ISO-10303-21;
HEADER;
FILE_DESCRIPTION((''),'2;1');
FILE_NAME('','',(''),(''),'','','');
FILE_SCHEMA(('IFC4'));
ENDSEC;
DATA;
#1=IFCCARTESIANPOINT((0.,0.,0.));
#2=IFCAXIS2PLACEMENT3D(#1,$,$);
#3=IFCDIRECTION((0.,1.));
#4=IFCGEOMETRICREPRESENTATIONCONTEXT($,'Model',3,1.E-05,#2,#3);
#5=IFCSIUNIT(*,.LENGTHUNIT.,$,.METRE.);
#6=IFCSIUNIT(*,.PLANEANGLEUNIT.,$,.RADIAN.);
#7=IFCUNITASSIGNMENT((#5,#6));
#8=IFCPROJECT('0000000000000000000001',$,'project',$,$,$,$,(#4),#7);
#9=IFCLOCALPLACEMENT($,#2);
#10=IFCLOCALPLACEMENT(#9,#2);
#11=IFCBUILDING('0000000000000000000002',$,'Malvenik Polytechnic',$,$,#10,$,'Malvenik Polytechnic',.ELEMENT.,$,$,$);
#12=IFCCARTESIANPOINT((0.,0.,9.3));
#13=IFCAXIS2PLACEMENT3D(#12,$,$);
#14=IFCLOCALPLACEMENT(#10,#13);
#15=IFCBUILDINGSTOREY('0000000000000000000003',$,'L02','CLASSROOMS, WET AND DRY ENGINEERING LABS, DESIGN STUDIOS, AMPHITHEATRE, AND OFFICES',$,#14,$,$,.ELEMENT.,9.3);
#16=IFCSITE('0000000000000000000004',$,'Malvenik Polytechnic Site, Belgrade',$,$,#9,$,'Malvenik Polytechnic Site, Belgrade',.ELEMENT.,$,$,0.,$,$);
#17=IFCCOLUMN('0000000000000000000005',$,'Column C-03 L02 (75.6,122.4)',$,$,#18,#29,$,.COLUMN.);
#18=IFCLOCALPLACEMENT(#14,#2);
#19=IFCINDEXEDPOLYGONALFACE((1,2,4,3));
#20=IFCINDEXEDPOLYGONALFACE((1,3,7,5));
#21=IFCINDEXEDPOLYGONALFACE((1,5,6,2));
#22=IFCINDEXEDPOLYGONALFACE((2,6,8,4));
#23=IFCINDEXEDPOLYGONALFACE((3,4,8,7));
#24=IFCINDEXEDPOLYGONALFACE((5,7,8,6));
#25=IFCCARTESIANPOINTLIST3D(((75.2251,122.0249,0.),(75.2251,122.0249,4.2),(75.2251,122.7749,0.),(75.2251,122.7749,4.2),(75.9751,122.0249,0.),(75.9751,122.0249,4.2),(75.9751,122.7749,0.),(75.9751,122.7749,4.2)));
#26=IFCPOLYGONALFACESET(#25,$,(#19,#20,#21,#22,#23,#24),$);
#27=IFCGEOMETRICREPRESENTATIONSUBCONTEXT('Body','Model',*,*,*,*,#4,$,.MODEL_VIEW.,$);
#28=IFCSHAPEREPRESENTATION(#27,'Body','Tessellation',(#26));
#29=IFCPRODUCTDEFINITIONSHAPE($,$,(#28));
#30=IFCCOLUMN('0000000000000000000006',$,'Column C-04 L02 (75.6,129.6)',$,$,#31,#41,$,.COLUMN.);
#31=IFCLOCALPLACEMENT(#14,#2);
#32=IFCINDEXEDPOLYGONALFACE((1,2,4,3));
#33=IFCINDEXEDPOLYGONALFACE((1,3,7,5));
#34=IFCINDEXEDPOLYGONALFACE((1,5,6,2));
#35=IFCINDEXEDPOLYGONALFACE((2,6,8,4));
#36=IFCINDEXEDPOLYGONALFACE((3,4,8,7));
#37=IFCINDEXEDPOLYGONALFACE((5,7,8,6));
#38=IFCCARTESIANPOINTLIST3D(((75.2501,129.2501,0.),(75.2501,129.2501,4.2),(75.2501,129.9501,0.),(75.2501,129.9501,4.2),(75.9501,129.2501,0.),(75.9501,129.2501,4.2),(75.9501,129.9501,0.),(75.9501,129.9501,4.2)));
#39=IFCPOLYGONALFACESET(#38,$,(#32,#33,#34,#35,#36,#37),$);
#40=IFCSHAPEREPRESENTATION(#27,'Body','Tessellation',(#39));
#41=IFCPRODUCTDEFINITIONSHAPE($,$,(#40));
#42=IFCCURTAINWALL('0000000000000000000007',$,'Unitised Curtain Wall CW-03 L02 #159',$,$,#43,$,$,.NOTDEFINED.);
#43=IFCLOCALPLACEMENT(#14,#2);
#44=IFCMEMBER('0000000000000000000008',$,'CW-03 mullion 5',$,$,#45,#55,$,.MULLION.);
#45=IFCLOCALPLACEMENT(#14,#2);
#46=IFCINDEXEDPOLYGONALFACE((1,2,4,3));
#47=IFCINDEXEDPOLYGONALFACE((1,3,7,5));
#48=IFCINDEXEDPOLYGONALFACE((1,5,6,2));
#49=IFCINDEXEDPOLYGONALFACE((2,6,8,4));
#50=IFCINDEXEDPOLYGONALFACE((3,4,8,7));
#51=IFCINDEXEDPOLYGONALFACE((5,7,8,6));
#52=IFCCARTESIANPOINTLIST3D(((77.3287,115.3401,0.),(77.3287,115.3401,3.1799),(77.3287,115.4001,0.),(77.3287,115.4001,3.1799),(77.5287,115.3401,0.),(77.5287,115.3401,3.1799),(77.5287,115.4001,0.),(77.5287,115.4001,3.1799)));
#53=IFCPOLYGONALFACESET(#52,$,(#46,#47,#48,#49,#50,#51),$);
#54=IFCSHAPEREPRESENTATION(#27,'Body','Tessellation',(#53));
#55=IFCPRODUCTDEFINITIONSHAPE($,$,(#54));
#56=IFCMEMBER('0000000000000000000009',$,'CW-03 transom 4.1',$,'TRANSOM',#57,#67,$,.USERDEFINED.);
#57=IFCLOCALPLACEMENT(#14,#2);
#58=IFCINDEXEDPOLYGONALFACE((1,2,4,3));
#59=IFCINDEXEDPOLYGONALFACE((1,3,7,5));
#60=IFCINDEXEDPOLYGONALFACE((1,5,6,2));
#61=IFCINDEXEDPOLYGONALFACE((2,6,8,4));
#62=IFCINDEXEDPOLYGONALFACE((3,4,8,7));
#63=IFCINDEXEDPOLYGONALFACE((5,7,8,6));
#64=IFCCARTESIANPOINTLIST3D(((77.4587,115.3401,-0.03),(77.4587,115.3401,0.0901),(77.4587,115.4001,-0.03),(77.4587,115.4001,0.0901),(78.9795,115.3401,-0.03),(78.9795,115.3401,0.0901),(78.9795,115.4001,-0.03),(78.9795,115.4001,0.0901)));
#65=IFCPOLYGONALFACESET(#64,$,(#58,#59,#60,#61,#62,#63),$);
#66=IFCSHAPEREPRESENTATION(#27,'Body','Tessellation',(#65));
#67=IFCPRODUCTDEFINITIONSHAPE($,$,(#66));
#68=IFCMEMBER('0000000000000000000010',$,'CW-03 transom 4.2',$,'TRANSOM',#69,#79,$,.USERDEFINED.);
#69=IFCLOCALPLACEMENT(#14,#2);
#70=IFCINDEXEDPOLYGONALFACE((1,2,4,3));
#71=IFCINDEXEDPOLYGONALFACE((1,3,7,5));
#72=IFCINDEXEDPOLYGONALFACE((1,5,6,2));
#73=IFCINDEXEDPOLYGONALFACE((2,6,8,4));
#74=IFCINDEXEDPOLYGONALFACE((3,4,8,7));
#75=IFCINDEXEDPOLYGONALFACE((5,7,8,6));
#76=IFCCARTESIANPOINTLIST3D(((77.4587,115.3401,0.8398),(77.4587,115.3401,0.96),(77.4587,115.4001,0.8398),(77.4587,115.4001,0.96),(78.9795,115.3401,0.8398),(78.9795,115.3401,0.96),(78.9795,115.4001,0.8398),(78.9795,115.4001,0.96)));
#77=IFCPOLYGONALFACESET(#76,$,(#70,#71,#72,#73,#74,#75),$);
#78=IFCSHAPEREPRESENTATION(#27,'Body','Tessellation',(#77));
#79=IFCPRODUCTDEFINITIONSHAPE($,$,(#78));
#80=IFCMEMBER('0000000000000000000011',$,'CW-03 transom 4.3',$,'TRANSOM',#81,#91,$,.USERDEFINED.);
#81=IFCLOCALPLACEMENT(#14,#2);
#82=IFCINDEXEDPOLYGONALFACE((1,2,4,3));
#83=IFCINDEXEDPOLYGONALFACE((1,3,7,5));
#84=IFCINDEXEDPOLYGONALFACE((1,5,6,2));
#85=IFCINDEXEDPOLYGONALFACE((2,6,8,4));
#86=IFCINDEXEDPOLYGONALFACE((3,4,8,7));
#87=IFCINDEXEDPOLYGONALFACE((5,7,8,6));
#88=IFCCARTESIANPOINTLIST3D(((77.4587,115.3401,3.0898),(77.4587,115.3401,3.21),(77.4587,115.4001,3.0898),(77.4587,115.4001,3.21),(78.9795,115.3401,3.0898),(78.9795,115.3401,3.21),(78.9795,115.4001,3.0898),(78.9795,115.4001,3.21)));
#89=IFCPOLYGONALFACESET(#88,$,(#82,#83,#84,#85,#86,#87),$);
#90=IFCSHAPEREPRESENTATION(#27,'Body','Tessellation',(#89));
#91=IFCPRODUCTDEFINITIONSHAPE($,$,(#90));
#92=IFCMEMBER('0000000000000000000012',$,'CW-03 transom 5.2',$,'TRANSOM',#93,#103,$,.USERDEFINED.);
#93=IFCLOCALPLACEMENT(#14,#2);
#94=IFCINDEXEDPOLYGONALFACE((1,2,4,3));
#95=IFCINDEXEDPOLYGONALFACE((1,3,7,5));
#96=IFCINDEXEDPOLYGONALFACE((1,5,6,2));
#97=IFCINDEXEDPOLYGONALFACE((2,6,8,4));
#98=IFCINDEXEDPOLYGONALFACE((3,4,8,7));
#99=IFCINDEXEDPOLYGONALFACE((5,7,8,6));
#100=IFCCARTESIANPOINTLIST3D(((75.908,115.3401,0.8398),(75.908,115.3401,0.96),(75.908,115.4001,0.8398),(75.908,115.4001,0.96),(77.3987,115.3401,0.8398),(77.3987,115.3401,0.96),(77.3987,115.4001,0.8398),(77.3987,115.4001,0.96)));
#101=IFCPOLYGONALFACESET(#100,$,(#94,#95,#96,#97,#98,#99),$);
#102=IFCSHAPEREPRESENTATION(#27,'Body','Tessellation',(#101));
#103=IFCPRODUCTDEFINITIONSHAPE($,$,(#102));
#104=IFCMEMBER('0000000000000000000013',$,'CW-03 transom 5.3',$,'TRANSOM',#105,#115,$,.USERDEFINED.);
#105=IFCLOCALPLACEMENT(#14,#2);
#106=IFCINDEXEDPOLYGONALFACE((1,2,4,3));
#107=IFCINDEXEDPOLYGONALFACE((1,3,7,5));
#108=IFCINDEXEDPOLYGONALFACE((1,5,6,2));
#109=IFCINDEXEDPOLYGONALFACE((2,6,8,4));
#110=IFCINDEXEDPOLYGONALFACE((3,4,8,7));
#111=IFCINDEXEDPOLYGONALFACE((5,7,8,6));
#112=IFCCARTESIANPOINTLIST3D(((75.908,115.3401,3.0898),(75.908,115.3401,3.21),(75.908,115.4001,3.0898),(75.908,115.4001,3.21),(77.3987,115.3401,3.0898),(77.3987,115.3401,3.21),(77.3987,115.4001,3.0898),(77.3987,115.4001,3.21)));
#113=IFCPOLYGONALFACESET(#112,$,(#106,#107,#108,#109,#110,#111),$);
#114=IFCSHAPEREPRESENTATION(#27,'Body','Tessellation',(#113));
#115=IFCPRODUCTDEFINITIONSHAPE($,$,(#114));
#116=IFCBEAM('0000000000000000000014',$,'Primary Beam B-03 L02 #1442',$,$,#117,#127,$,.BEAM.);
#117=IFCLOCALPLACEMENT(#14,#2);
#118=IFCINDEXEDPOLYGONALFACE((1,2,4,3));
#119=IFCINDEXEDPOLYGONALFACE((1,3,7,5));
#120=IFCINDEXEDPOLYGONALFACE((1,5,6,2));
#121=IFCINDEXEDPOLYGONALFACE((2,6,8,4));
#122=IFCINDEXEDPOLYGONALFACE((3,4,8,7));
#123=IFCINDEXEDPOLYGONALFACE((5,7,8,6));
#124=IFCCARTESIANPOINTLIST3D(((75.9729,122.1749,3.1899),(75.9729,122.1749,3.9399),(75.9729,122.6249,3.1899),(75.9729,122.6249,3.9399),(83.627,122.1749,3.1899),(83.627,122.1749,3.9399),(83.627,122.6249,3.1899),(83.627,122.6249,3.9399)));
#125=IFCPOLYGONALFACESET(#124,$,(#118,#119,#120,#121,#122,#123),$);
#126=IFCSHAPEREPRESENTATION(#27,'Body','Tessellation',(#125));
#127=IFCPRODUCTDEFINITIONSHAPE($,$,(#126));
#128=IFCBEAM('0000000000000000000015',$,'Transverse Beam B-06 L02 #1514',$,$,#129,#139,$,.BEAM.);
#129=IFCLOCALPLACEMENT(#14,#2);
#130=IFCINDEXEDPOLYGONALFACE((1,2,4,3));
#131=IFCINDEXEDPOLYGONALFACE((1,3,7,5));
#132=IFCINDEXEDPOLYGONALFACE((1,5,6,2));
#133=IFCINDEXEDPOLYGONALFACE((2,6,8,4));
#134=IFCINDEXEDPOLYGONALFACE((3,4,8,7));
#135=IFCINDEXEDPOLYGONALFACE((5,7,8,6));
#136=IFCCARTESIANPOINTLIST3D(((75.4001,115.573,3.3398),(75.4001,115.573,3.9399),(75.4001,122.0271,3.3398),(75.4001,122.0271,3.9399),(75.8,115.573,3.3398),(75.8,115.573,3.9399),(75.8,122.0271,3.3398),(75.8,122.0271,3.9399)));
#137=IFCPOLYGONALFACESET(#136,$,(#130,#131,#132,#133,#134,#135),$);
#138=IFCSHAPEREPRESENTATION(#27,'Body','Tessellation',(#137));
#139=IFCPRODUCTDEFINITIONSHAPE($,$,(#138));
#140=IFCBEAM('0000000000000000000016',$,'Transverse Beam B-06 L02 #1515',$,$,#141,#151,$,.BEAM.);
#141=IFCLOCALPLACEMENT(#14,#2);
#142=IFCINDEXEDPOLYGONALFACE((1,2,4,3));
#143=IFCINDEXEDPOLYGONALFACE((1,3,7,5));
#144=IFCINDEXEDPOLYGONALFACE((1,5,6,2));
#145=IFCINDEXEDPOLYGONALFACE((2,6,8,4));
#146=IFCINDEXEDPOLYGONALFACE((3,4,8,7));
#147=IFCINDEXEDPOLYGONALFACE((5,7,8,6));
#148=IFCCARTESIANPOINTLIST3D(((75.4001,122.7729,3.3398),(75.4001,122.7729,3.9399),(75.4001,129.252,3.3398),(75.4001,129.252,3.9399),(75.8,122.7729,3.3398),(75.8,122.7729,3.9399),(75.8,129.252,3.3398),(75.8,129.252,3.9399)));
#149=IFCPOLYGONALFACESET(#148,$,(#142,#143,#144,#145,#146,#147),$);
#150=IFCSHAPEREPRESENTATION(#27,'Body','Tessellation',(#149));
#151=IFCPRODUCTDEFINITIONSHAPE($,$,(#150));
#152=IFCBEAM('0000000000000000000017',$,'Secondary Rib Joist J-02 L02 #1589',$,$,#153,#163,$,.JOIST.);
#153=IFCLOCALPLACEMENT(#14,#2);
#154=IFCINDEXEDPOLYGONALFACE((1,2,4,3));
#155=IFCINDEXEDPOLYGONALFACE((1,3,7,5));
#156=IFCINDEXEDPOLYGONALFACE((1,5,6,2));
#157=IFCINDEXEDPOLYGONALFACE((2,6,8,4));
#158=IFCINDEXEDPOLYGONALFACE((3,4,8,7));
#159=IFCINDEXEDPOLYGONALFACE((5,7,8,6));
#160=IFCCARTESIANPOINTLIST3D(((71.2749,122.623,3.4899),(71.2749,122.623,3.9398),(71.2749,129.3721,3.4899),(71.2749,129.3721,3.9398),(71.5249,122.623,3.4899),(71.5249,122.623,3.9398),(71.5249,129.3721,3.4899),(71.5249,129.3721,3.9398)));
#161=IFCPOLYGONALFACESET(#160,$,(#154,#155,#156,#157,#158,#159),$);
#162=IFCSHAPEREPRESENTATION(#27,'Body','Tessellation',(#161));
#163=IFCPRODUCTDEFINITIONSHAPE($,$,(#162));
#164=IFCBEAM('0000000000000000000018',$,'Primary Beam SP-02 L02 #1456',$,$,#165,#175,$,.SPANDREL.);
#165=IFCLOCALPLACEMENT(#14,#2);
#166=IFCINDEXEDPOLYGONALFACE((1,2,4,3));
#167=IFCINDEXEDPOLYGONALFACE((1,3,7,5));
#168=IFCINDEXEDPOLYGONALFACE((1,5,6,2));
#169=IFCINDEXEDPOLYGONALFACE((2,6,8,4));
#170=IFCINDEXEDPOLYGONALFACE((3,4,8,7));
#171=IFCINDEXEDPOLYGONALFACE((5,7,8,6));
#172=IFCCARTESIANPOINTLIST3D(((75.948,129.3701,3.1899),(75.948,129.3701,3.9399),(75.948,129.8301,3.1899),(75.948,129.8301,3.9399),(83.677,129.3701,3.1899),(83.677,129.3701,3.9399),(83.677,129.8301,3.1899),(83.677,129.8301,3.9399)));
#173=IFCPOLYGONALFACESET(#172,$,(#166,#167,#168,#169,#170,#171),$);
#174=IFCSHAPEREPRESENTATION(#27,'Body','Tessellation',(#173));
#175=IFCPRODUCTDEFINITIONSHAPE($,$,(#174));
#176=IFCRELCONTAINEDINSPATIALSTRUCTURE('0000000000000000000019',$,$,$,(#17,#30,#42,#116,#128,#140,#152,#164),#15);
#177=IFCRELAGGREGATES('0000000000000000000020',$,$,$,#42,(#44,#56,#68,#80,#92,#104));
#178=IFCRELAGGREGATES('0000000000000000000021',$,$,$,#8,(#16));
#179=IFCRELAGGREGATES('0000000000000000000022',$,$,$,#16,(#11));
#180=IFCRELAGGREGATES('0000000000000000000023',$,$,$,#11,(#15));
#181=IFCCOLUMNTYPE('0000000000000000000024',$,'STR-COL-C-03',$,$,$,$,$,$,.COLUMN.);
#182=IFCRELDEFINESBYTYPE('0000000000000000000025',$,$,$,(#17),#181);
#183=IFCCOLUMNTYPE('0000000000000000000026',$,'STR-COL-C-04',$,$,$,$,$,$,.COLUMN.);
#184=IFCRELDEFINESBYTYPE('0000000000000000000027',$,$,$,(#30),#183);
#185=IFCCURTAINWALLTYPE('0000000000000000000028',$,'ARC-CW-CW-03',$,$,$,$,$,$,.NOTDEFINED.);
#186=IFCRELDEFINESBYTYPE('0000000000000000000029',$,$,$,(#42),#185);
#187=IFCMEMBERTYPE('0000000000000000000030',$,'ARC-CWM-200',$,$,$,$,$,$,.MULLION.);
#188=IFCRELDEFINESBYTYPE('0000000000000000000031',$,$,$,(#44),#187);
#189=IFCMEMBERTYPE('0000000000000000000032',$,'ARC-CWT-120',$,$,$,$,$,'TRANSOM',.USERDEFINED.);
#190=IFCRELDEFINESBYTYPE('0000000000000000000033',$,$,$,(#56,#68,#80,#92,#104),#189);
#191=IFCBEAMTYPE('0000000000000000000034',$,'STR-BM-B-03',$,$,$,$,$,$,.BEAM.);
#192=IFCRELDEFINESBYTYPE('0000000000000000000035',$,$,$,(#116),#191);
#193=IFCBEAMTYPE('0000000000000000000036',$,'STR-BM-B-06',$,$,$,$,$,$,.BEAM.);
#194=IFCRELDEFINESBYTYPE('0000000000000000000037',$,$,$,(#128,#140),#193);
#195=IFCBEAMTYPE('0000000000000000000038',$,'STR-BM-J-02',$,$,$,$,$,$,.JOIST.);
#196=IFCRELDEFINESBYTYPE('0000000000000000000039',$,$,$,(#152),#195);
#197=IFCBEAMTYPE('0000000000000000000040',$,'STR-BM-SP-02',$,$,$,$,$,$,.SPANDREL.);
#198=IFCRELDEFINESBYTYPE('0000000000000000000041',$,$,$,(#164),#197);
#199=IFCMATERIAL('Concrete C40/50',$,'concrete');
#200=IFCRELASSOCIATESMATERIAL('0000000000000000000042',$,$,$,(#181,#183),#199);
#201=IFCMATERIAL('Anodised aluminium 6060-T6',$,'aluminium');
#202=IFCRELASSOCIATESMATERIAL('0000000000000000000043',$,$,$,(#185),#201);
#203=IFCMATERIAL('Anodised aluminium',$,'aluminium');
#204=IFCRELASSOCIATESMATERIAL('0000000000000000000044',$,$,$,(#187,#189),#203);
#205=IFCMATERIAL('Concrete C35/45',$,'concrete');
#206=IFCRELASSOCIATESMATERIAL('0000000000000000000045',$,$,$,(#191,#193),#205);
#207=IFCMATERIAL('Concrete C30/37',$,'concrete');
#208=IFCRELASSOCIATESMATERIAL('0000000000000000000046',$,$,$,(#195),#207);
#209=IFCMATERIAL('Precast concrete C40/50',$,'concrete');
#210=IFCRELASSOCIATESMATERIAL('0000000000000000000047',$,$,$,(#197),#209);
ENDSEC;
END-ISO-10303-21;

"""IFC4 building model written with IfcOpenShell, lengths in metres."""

from ifc_helpers import new_model, si_unit, direction, frame, origin, origin_2d, place, context, subcontext, project, spatial, rectangle, extrude, material, material_profile, profile_set, type_object, element, aggregate, save


model = new_model("IFC4")

# Units and contexts
model_context = context("Model", 3, precision=1e-05, world=origin(), true_north=direction((0.0, 1.0)))
body_context = subcontext(model_context, "Body", "Model", "MODEL_VIEW")
ifc_project = project(units=[si_unit("LENGTHUNIT", "METRE"), si_unit("PLANEANGLEUNIT", "RADIAN")], contexts=[model_context])

# Site, building, storey
site_placement = place(None, origin())
site = spatial("IfcSite", under=ifc_project, at=site_placement, Name="Malvenik Polytechnic Site, Belgrade", LongName="Malvenik Polytechnic Site, Belgrade", CompositionType="ELEMENT", RefElevation=0.0)
building_placement = place(site_placement, origin())
building = spatial("IfcBuilding", under=site, at=building_placement, Name="Malvenik Polytechnic", LongName="Malvenik Polytechnic", CompositionType="ELEMENT")
storey_placement = place(building_placement, frame((0.0, 0.0, 9.3)))
storey = spatial("IfcBuildingStorey", under=building, at=storey_placement, Name="L02", Description="CLASSROOMS, WET AND DRY ENGINEERING LABS, DESIGN STUDIOS, AMPHITHEATRE, AND OFFICES", CompositionType="ELEMENT", Elevation=9.3)

# Columns
ifc_material_1 = material(Name="Concrete C40/50", Category="concrete")
ifc_material_profile_1 = material_profile(ifc_material_1, rectangle(XDim=0.75, YDim=0.75, at=origin_2d()), Name="RC COL 750x750")
ifc_profile_set_1 = profile_set([ifc_material_profile_1], Name="Concrete C40/50")
column_type_1 = type_object("IfcColumnType", Name="STR-COL-C-03", PredefinedType="COLUMN", material=ifc_profile_set_1)
column_1_placement = place(storey_placement, frame((75.6001, 122.3999, 0.0), z_axis=(0.0, 0.0, 1.0), x_axis=(1.0, 0.0, 0.0)))
element("IfcColumn", 1, at=column_1_placement, inside=storey, type_object=column_type_1, Name="Column C-03 L02 (75.6,122.4)", PredefinedType="COLUMN", context=body_context, shape_type="SweptSolid", body=[
    extrude(rectangle(XDim=0.75, YDim=0.75, at=origin_2d()), origin(), (0.0, 0.0, 1.0), 4.2),
])
ifc_material_profile_2 = material_profile(ifc_material_1, rectangle(XDim=0.7, YDim=0.7, at=origin_2d()), Name="RC COL 700x700")
ifc_profile_set_2 = profile_set([ifc_material_profile_2], Name="Concrete C40/50")
column_type_2 = type_object("IfcColumnType", Name="STR-COL-C-04", PredefinedType="COLUMN", material=ifc_profile_set_2)
column_2_placement = place(storey_placement, frame((75.6001, 129.6001, 0.0), z_axis=(0.0, 0.0, 1.0), x_axis=(1.0, 0.0, 0.0)))
element("IfcColumn", 2, at=column_2_placement, inside=storey, type_object=column_type_2, Name="Column C-04 L02 (75.6,129.6)", PredefinedType="COLUMN", context=body_context, shape_type="SweptSolid", body=[
    extrude(rectangle(XDim=0.7, YDim=0.7, at=origin_2d()), origin(), (0.0, 0.0, 1.0), 4.2),
])

# Curtain wall, members
ifc_material_2 = material(Name="Anodised aluminium 6060-T6", Category="aluminium")
curtain_wall_type = type_object("IfcCurtainWallType", Name="ARC-CW-CW-03", PredefinedType="NOTDEFINED", material=ifc_material_2)
curtain_wall_placement = place(storey_placement, origin())
curtain_wall = element("IfcCurtainWall", 3, at=curtain_wall_placement, inside=storey, type_object=curtain_wall_type, Name="Unitised Curtain Wall CW-03 L02 #159", PredefinedType="NOTDEFINED")
ifc_material_3 = material(Name="Anodised aluminium", Category="aluminium")
ifc_material_profile_3 = material_profile(ifc_material_3, rectangle(XDim=0.0601, YDim=0.2, at=origin_2d()), Name="ALU MULLION 60x200")
ifc_profile_set_3 = profile_set([ifc_material_profile_3], Name="Anodised aluminium")
member_type_1 = type_object("IfcMemberType", Name="ARC-CWM-200", PredefinedType="MULLION", material=ifc_profile_set_3)
member_1_placement = place(storey_placement, frame((77.4287, 115.3701, 0.0), z_axis=(0.0, 0.0, 1.0), x_axis=(0.0, -1.0, 0.0)))
member_1 = element("IfcMember", 4, at=member_1_placement, type_object=member_type_1, Name="CW-03 mullion 5", PredefinedType="MULLION", context=body_context, shape_type="SweptSolid", body=[
    extrude(rectangle(XDim=0.0601, YDim=0.2, at=origin_2d()), origin(), (0.0, 0.0, 1.0), 3.1799),
])
ifc_material_profile_4 = material_profile(ifc_material_3, rectangle(XDim=0.0601, YDim=0.1201, at=origin_2d()), Name="ALU TRANSOM 60x120")
ifc_profile_set_4 = profile_set([ifc_material_profile_4], Name="Anodised aluminium")
member_type_2 = type_object("IfcMemberType", Name="ARC-CWT-120", ElementType="TRANSOM", PredefinedType="USERDEFINED", material=ifc_profile_set_4)
member_2_placement = place(storey_placement, frame((78.9795, 115.3701, 0.03), z_axis=(-1.0, 0.0, 0.0), x_axis=(0.0, -1.0, 0.0)))
member_2 = element("IfcMember", 5, at=member_2_placement, type_object=member_type_2, Name="CW-03 transom 4.1", ObjectType="TRANSOM", PredefinedType="USERDEFINED", context=body_context, shape_type="SweptSolid", body=[
    extrude(rectangle(XDim=0.0601, YDim=0.1201, at=origin_2d()), origin(), (0.0, 0.0, 1.0), 1.5208),
])
member_3_placement = place(storey_placement, frame((78.9795, 115.3701, 0.8999), z_axis=(-1.0, 0.0, 0.0), x_axis=(0.0, -1.0, 0.0)))
member_3 = element("IfcMember", 6, at=member_3_placement, type_object=member_type_2, Name="CW-03 transom 4.2", ObjectType="TRANSOM", PredefinedType="USERDEFINED", context=body_context, shape_type="SweptSolid", body=[
    extrude(rectangle(XDim=0.0601, YDim=0.1201, at=origin_2d()), origin(), (0.0, 0.0, 1.0), 1.5208),
])
member_4_placement = place(storey_placement, frame((78.9795, 115.3701, 3.1499), z_axis=(-1.0, 0.0, 0.0), x_axis=(0.0, -1.0, 0.0)))
member_4 = element("IfcMember", 7, at=member_4_placement, type_object=member_type_2, Name="CW-03 transom 4.3", ObjectType="TRANSOM", PredefinedType="USERDEFINED", context=body_context, shape_type="SweptSolid", body=[
    extrude(rectangle(XDim=0.0601, YDim=0.1201, at=origin_2d()), origin(), (0.0, 0.0, 1.0), 1.5208),
])
member_5_placement = place(storey_placement, frame((77.3987, 115.3701, 0.8999), z_axis=(-1.0, 0.0, 0.0), x_axis=(0.0, -1.0, 0.0)))
member_5 = element("IfcMember", 8, at=member_5_placement, type_object=member_type_2, Name="CW-03 transom 5.2", ObjectType="TRANSOM", PredefinedType="USERDEFINED", context=body_context, shape_type="SweptSolid", body=[
    extrude(rectangle(XDim=0.0601, YDim=0.1201, at=origin_2d()), origin(), (0.0, 0.0, 1.0), 1.4907),
])
member_6_placement = place(storey_placement, frame((77.3987, 115.3701, 3.1499), z_axis=(-1.0, 0.0, 0.0), x_axis=(0.0, -1.0, 0.0)))
member_6 = element("IfcMember", 9, at=member_6_placement, type_object=member_type_2, Name="CW-03 transom 5.3", ObjectType="TRANSOM", PredefinedType="USERDEFINED", context=body_context, shape_type="SweptSolid", body=[
    extrude(rectangle(XDim=0.0601, YDim=0.1201, at=origin_2d()), origin(), (0.0, 0.0, 1.0), 1.4907),
])

# Beams
ifc_material_4 = material(Name="Concrete C35/45", Category="concrete")
ifc_material_profile_5 = material_profile(ifc_material_4, rectangle(XDim=0.45, YDim=0.75, at=origin_2d()), Name="RC BM 450x750")
ifc_profile_set_5 = profile_set([ifc_material_profile_5], Name="Concrete C35/45")
beam_type_1 = type_object("IfcBeamType", Name="STR-BM-B-03", PredefinedType="BEAM", material=ifc_profile_set_5)
beam_1_placement = place(storey_placement, frame((75.9729, 122.3999, 3.5649), z_axis=(1.0, 0.0, 0.0), x_axis=(0.0, 1.0, 0.0)))
element("IfcBeam", 10, at=beam_1_placement, inside=storey, type_object=beam_type_1, Name="Primary Beam B-03 L02 #1442", PredefinedType="BEAM", context=body_context, shape_type="SweptSolid", body=[
    extrude(rectangle(XDim=0.45, YDim=0.75, at=origin_2d()), origin(), (0.0, 0.0, 1.0), 7.6541),
])
ifc_material_profile_6 = material_profile(ifc_material_4, rectangle(XDim=0.3999, YDim=0.6001, at=origin_2d()), Name="RC BM 400x600")
ifc_profile_set_6 = profile_set([ifc_material_profile_6], Name="Concrete C35/45")
beam_type_2 = type_object("IfcBeamType", Name="STR-BM-B-06", PredefinedType="BEAM", material=ifc_profile_set_6)
beam_2_placement = place(storey_placement, frame((75.6001, 115.573, 3.6399), z_axis=(0.0, 1.0, 0.0), x_axis=(-1.0, 0.0, 0.0)))
element("IfcBeam", 11, at=beam_2_placement, inside=storey, type_object=beam_type_2, Name="Transverse Beam B-06 L02 #1514", PredefinedType="BEAM", context=body_context, shape_type="SweptSolid", body=[
    extrude(rectangle(XDim=0.3999, YDim=0.6001, at=origin_2d()), origin(), (0.0, 0.0, 1.0), 6.4541),
])
beam_3_placement = place(storey_placement, frame((75.6001, 122.7729, 3.6399), z_axis=(0.0, 1.0, 0.0), x_axis=(-1.0, 0.0, 0.0)))
element("IfcBeam", 12, at=beam_3_placement, inside=storey, type_object=beam_type_2, Name="Transverse Beam B-06 L02 #1515", PredefinedType="BEAM", context=body_context, shape_type="SweptSolid", body=[
    extrude(rectangle(XDim=0.3999, YDim=0.6001, at=origin_2d()), origin(), (0.0, 0.0, 1.0), 6.479),
])
ifc_material_5 = material(Name="Concrete C30/37", Category="concrete")
ifc_material_profile_7 = material_profile(ifc_material_5, rectangle(XDim=0.25, YDim=0.45, at=origin_2d()), Name="RC JST 250x450")
ifc_profile_set_7 = profile_set([ifc_material_profile_7], Name="Concrete C30/37")
beam_type_3 = type_object("IfcBeamType", Name="STR-BM-J-02", PredefinedType="JOIST", material=ifc_profile_set_7)
beam_4_placement = place(storey_placement, frame((71.3999, 122.623, 3.7148), z_axis=(0.0, 1.0, 0.0), x_axis=(-1.0, 0.0, 0.0)))
element("IfcBeam", 13, at=beam_4_placement, inside=storey, type_object=beam_type_3, Name="Secondary Rib Joist J-02 L02 #1589", PredefinedType="JOIST", context=body_context, shape_type="SweptSolid", body=[
    extrude(rectangle(XDim=0.25, YDim=0.45, at=origin_2d()), origin(), (0.0, 0.0, 1.0), 6.749),
])
ifc_material_6 = material(Name="Precast concrete C40/50", Category="concrete")
ifc_material_profile_8 = material_profile(ifc_material_6, rectangle(XDim=0.46, YDim=0.75, at=origin_2d()), Name="PC SPN 460x750")
ifc_profile_set_8 = profile_set([ifc_material_profile_8], Name="Precast concrete C40/50")
beam_type_4 = type_object("IfcBeamType", Name="STR-BM-SP-02", PredefinedType="SPANDREL", material=ifc_profile_set_8)
beam_5_placement = place(storey_placement, frame((75.948, 129.6001, 3.5649), z_axis=(1.0, 0.0, 0.0), x_axis=(0.0, 1.0, 0.0)))
element("IfcBeam", 14, at=beam_5_placement, inside=storey, type_object=beam_type_4, Name="Primary Beam SP-02 L02 #1456", PredefinedType="SPANDREL", context=body_context, shape_type="SweptSolid", body=[
    extrude(rectangle(XDim=0.46, YDim=0.75, at=origin_2d()), origin(), (0.0, 0.0, 1.0), 7.729),
])

aggregate(curtain_wall, [member_1, member_2, member_3, member_4, member_5, member_6])

save(model, "model.ifc")
